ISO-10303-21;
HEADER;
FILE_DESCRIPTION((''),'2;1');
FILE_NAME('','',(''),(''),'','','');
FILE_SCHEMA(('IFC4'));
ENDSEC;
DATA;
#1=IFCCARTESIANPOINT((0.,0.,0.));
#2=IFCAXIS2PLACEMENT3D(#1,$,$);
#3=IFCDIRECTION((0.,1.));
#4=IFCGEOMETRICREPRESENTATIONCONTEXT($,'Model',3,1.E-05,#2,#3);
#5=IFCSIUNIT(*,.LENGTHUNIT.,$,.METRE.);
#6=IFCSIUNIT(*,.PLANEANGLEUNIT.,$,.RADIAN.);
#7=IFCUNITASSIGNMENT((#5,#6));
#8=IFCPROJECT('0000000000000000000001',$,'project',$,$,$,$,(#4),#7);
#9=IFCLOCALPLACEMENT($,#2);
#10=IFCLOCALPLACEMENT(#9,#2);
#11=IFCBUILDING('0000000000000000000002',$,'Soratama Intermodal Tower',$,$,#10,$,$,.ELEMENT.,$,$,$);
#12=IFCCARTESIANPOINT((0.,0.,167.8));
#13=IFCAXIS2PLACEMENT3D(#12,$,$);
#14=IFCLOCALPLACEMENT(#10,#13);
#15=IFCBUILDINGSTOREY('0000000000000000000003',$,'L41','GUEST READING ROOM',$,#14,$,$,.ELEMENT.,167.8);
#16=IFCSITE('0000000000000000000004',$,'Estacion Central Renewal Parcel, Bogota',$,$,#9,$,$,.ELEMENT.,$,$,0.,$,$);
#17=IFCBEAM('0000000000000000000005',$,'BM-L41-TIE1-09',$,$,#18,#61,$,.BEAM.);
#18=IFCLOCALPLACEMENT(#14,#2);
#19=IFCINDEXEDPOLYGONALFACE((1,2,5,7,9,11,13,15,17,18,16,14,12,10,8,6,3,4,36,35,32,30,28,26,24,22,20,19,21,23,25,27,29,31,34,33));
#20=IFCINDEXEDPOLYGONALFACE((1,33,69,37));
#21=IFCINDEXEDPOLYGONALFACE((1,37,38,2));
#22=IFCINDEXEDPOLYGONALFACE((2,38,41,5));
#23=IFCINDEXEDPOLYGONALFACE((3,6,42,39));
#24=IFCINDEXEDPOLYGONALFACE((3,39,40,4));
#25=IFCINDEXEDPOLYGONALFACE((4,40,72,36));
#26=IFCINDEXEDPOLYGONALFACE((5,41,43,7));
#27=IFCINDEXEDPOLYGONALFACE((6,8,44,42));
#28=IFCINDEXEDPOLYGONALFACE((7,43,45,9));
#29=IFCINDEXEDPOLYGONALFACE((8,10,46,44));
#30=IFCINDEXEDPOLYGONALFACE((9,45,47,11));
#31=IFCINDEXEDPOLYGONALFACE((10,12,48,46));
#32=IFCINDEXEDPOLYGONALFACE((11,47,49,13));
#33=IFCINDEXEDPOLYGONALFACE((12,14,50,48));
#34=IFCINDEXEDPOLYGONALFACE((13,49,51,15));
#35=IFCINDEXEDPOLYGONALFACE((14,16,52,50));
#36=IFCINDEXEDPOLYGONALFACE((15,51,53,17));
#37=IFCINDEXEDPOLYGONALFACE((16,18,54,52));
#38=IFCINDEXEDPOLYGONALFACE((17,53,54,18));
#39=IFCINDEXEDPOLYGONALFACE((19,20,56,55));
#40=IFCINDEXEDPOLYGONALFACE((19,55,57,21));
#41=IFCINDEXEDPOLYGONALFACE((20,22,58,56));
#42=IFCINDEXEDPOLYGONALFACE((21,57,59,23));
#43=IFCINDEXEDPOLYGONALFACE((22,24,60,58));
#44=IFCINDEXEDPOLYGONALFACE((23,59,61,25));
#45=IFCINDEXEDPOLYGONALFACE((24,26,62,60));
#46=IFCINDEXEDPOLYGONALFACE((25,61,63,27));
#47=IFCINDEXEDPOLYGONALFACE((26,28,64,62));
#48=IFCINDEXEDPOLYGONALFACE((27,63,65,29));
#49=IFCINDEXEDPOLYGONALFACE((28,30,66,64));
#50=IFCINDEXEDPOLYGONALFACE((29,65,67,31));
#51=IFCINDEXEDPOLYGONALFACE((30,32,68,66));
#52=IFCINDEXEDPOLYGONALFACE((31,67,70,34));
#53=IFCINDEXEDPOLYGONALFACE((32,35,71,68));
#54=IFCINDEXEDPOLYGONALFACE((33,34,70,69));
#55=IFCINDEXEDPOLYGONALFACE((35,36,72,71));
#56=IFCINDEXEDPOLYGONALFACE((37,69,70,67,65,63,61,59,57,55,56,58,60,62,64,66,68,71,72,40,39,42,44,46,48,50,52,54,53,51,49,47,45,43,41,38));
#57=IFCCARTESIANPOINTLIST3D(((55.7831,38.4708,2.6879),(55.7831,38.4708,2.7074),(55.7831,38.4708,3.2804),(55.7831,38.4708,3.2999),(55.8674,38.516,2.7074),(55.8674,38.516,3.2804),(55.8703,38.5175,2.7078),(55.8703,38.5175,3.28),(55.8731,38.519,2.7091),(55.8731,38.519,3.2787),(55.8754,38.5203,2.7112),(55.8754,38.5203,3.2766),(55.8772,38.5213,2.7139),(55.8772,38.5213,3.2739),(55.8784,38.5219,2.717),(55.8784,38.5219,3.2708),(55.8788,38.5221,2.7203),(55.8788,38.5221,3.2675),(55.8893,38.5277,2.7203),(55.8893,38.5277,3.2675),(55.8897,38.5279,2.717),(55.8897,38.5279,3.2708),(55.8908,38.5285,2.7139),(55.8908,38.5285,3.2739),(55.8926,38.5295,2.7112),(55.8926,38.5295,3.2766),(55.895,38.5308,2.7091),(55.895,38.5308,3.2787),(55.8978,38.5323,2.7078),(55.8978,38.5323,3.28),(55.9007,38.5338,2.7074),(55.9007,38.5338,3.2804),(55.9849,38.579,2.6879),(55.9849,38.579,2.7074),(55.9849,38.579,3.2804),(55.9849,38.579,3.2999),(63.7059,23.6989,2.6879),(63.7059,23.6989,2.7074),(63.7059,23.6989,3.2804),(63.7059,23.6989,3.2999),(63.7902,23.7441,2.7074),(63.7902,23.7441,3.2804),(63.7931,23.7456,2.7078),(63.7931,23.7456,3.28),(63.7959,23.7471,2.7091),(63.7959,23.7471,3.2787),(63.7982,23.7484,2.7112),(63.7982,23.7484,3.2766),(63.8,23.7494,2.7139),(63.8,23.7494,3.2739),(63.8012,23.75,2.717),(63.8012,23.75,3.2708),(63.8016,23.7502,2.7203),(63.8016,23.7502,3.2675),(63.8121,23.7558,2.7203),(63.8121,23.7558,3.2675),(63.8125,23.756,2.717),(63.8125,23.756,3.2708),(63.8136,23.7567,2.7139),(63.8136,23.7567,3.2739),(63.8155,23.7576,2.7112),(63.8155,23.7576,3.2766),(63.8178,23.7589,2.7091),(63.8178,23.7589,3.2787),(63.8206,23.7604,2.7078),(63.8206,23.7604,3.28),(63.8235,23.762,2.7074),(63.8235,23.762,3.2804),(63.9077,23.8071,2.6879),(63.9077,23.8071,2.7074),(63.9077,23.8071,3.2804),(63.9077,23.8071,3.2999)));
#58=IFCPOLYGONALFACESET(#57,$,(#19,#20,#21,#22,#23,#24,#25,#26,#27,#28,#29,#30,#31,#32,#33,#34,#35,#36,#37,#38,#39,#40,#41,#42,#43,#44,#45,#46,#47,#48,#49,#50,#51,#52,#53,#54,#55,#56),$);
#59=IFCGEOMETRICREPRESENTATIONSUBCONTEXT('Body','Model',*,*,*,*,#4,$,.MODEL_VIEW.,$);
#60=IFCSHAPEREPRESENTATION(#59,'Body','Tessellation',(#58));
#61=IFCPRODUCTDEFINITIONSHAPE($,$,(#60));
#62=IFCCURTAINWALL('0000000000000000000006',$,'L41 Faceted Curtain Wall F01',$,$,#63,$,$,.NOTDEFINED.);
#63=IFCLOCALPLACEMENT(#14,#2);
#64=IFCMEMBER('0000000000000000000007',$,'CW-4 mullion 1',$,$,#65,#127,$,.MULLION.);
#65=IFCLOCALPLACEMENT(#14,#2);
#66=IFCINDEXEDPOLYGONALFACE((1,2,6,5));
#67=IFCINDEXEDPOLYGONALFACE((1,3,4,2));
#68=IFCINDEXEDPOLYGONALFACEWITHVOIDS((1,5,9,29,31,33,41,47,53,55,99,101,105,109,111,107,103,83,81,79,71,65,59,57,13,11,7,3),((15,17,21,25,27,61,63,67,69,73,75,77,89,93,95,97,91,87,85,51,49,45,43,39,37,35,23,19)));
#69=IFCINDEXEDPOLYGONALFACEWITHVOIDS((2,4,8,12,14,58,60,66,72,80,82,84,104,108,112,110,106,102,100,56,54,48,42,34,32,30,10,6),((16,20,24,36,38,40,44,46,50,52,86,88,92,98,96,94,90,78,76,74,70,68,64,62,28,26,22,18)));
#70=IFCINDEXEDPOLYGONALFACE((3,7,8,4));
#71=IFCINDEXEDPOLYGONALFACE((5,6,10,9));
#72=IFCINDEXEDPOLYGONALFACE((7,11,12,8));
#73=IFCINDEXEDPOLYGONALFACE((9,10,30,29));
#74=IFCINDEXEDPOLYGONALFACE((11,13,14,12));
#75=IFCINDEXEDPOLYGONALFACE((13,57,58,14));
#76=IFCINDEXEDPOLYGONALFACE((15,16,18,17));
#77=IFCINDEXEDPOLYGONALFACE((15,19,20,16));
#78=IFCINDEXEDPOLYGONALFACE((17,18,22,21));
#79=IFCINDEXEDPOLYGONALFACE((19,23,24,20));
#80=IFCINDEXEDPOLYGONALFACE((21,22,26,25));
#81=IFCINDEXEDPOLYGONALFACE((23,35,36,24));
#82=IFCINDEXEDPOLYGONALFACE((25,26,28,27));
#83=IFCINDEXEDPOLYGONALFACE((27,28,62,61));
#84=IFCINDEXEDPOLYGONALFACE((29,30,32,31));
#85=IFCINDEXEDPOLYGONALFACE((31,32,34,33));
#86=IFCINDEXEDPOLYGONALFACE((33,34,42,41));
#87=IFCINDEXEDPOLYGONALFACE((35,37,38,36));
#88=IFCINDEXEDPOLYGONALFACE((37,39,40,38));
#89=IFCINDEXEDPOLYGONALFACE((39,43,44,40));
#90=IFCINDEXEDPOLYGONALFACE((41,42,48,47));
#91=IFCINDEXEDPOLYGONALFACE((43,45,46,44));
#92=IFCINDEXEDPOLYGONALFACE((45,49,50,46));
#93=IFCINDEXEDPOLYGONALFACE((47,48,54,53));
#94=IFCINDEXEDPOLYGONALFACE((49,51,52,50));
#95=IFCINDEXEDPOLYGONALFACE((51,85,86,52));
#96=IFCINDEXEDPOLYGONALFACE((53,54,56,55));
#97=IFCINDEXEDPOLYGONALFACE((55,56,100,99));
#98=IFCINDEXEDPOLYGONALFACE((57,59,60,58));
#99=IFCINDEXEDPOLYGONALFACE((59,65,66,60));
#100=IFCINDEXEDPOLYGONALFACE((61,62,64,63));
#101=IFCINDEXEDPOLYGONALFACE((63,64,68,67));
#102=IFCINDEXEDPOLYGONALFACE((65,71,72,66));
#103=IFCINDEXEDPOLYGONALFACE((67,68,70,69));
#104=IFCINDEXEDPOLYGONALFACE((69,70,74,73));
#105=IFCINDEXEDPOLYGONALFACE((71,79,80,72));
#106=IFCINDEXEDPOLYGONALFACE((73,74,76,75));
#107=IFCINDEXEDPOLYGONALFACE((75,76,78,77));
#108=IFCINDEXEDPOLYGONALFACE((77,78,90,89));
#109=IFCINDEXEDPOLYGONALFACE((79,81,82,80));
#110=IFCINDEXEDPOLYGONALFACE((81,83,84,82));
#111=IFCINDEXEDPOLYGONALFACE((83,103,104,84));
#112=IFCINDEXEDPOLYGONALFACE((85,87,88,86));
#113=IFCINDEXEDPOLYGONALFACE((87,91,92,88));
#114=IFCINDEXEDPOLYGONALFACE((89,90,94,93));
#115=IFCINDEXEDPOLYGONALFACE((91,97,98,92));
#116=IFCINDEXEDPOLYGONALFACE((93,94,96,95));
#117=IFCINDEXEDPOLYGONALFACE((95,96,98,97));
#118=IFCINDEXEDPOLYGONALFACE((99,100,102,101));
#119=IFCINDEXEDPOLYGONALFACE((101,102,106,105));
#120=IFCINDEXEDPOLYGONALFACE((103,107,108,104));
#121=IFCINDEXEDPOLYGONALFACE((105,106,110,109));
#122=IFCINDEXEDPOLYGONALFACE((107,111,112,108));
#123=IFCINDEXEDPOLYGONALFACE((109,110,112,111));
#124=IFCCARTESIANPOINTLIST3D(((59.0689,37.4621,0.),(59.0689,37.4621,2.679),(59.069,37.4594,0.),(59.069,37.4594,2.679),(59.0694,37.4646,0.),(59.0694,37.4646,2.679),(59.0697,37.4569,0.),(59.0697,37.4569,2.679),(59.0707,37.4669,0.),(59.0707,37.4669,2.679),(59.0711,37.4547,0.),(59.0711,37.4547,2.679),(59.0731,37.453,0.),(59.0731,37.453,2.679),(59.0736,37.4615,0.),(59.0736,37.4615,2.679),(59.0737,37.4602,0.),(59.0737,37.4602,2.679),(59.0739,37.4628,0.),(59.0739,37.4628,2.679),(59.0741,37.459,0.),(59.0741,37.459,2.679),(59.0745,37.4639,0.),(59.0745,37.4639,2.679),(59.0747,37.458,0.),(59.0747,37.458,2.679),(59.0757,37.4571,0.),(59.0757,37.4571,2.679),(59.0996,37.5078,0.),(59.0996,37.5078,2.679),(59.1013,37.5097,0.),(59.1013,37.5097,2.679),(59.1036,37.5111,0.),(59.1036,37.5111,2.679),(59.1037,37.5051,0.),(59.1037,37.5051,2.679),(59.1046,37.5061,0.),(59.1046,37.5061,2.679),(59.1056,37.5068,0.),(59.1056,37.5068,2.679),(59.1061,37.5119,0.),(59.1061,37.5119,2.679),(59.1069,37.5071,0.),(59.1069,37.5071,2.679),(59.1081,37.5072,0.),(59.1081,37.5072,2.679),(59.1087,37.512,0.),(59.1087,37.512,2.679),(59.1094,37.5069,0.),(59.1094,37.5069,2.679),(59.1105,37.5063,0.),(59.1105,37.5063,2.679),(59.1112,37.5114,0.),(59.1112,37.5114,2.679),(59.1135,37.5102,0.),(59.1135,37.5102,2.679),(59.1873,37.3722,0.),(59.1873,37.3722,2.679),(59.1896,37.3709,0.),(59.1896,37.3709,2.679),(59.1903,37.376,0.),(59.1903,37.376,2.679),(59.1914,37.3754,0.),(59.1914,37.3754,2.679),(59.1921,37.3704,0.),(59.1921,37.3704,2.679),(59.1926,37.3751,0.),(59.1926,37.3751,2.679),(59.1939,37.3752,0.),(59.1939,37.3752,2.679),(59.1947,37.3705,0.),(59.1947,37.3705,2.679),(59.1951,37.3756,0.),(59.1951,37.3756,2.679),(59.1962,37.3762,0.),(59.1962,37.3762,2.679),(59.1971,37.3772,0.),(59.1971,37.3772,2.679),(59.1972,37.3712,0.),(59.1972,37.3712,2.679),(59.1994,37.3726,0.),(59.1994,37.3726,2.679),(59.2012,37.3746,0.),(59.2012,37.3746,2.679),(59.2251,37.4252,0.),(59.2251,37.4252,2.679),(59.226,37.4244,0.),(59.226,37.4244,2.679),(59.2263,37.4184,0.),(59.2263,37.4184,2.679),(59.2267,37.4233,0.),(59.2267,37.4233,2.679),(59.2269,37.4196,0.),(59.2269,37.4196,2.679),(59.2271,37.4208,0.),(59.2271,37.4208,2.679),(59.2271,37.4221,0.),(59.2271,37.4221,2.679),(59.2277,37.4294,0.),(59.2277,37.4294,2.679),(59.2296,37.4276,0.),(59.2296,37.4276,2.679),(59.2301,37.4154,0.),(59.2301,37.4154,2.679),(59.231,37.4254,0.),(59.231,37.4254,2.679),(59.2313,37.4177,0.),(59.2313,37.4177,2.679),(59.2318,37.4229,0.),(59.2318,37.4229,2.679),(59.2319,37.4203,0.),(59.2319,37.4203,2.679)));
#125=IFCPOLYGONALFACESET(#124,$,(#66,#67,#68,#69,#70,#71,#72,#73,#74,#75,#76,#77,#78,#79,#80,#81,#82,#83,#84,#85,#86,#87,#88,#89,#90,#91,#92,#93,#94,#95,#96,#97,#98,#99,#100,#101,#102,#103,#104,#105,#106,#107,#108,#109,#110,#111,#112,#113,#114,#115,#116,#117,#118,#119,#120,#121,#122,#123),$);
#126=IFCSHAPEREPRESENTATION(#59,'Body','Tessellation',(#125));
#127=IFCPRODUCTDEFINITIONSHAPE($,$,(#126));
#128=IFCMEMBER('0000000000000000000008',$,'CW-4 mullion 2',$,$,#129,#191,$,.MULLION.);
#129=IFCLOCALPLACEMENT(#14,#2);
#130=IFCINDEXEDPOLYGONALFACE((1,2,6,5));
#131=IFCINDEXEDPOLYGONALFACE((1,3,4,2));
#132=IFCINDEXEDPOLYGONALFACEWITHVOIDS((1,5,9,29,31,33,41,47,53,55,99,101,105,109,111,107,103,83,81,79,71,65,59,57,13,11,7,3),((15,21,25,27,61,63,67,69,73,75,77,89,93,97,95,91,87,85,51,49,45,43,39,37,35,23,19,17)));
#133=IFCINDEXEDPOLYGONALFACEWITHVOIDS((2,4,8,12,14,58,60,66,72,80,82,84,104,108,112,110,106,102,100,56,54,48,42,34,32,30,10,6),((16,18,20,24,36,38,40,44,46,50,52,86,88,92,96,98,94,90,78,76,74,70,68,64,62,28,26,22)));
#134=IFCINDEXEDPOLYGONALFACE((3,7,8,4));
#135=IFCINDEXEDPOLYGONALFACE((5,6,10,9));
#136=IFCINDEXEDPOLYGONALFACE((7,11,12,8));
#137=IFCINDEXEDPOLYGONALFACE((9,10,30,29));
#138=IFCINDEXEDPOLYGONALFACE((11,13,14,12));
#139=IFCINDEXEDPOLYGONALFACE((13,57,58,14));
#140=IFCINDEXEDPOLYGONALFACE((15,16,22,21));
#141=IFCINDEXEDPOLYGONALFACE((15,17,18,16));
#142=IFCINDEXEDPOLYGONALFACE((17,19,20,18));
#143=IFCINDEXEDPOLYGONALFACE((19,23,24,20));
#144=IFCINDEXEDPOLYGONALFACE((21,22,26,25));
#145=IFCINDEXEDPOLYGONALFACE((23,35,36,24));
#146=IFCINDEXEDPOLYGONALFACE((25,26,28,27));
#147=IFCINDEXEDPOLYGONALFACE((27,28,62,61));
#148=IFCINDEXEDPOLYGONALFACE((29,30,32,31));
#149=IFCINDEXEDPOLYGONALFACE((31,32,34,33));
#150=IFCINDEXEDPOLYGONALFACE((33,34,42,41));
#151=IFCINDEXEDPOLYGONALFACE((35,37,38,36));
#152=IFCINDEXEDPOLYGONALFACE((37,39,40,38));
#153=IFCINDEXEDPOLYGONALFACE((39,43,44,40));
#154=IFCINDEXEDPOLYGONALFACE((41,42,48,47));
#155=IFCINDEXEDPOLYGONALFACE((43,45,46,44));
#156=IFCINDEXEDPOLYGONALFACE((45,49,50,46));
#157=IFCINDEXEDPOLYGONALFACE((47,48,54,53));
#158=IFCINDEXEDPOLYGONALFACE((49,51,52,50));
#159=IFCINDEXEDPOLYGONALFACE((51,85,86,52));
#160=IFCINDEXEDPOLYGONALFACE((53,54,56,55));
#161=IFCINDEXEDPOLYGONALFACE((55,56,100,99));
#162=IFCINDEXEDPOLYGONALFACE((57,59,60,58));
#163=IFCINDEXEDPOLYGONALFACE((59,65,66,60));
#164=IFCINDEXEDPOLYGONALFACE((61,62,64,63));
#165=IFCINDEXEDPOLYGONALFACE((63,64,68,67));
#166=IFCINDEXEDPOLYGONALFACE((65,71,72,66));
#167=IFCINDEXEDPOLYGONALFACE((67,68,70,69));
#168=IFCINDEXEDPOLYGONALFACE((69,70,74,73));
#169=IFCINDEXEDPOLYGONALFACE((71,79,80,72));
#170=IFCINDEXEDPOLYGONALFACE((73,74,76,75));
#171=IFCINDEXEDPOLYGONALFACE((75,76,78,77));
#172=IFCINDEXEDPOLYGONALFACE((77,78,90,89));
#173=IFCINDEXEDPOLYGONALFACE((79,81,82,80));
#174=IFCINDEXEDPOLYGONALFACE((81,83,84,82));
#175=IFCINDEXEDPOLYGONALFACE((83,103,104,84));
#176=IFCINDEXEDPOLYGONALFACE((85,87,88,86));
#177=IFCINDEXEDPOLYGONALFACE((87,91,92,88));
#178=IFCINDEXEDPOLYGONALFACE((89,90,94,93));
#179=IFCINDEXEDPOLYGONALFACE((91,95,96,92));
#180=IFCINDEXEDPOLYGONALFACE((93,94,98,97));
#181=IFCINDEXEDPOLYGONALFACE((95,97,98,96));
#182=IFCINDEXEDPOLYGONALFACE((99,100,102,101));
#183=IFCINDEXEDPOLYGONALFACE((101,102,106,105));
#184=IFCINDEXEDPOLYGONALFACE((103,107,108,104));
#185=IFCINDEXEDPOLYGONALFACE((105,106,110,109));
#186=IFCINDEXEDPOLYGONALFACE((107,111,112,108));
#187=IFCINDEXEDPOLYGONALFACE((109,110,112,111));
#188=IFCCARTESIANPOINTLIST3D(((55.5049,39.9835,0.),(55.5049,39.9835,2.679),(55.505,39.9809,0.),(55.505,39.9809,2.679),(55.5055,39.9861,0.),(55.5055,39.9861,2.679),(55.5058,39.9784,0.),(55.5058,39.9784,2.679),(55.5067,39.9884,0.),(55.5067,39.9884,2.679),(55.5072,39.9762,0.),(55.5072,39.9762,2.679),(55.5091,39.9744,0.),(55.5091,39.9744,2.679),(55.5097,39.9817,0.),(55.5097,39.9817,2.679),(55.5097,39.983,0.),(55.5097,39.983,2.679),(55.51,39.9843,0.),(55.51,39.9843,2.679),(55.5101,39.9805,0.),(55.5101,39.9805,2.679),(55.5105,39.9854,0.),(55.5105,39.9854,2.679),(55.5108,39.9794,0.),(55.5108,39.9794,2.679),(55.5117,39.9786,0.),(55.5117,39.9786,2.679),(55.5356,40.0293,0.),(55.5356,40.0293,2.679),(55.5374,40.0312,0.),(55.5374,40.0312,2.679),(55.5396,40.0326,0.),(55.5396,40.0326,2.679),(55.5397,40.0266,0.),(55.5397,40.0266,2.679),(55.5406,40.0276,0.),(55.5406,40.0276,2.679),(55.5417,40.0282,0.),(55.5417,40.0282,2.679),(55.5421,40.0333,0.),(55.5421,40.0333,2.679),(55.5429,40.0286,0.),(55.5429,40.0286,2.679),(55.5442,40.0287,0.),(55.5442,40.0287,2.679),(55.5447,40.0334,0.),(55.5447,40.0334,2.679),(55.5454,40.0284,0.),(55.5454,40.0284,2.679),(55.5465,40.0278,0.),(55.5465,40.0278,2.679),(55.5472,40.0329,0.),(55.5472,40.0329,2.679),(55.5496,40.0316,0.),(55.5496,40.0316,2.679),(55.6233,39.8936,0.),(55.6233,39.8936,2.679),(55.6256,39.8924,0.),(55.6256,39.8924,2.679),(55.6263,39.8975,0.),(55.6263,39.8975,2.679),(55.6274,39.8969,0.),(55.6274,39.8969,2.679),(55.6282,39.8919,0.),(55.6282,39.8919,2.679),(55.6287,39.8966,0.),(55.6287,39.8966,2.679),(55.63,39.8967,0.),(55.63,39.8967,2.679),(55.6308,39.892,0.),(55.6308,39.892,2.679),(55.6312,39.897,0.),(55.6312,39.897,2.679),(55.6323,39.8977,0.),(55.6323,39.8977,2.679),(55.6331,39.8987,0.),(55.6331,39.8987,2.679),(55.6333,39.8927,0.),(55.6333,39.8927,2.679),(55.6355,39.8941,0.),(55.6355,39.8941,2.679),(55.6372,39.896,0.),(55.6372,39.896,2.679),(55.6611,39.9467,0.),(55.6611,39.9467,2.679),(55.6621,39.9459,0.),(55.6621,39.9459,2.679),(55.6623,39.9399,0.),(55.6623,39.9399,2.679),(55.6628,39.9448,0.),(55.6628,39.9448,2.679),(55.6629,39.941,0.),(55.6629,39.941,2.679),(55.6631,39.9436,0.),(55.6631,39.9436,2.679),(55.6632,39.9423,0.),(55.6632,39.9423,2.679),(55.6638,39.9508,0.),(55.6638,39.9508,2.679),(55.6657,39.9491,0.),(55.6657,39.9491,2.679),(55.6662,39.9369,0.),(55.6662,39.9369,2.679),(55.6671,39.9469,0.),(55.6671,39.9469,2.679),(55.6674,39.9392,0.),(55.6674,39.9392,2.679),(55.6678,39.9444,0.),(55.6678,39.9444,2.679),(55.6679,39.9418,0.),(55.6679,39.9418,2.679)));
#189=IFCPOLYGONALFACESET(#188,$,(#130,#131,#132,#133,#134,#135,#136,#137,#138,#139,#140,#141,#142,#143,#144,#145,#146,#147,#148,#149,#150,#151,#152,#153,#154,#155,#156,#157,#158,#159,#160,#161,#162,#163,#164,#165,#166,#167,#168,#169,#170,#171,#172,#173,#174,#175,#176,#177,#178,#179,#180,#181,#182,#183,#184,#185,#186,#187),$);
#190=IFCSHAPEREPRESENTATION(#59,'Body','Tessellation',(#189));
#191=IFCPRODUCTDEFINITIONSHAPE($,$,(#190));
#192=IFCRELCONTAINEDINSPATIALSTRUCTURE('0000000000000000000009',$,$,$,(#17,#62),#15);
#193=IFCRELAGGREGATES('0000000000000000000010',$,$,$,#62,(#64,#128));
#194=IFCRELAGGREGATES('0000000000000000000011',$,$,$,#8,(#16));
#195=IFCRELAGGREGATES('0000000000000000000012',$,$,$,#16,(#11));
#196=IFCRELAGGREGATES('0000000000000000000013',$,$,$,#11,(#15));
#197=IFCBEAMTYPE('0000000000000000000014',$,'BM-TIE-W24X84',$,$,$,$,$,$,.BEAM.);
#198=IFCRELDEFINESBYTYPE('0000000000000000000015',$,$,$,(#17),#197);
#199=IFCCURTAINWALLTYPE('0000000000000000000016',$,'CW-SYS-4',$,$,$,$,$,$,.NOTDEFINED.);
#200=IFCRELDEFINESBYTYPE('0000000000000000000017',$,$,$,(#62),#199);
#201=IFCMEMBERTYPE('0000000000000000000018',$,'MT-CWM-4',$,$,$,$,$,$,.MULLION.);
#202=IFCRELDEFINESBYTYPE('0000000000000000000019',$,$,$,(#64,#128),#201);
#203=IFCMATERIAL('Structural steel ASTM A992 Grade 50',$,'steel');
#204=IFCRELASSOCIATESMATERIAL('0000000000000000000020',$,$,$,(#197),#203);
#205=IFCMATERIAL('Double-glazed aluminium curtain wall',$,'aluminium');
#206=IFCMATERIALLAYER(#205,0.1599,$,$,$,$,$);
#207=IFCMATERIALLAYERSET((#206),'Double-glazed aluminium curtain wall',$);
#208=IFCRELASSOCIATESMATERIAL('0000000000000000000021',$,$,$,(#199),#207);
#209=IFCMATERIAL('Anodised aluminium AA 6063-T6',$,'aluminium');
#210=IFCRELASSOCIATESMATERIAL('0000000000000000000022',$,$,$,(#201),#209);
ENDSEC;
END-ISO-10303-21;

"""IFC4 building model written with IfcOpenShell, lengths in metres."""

from ifc_helpers import new_model, si_unit, direction, frame, origin, origin_2d, place, context, subcontext, project, spatial, hollow_rectangle, i_section, extrude, material, layer, layer_set, material_profile, profile_set, type_object, element, aggregate, save


model = new_model("IFC4")

# Units and contexts
model_context = context("Model", 3, precision=1e-05, world=origin(), true_north=direction((0.0, 1.0)))
body_context = subcontext(model_context, "Body", "Model", "MODEL_VIEW")
ifc_project = project(units=[si_unit("LENGTHUNIT", "METRE"), si_unit("PLANEANGLEUNIT", "RADIAN")], contexts=[model_context])

# Site, building, storey
site_placement = place(None, origin())
site = spatial("IfcSite", under=ifc_project, at=site_placement, Name="Estacion Central Renewal Parcel, Bogota", CompositionType="ELEMENT", RefElevation=0.0)
building_placement = place(site_placement, origin())
building = spatial("IfcBuilding", under=site, at=building_placement, Name="Soratama Intermodal Tower", CompositionType="ELEMENT")
storey_placement = place(building_placement, frame((0.0, 0.0, 167.8)))
storey = spatial("IfcBuildingStorey", under=building, at=storey_placement, Name="L41", Description="GUEST READING ROOM", CompositionType="ELEMENT", Elevation=167.8)

# Beam
ifc_material_1 = material(Name="Structural steel ASTM A992 Grade 50", Category="steel")
ifc_material_profile_1 = material_profile(ifc_material_1, i_section(OverallWidth=0.229, OverallDepth=0.6121, WebThickness=0.012, FlangeThickness=0.0195, FilletRadius=0.0129, at=origin_2d()), Name="W24X84")
ifc_profile_set_1 = profile_set([ifc_material_profile_1], Name="Structural steel ASTM A992 Grade 50")
beam_type_1 = type_object("IfcBeamType", Name="BM-TIE-W24X84", PredefinedType="BEAM", material=ifc_profile_set_1)
beam_1_placement = place(storey_placement, frame((55.884, 38.5249, 2.9939), z_axis=(0.472652, -0.881249, 0.0), x_axis=(0.881249, 0.472652, 0.0)))
element("IfcBeam", 1, at=beam_1_placement, inside=storey, type_object=beam_type_1, Name="BM-L41-TIE1-09", PredefinedType="BEAM", context=body_context, shape_type="SweptSolid", body=[
    extrude(i_section(OverallWidth=0.229, OverallDepth=0.6121, WebThickness=0.012, FlangeThickness=0.0195, FilletRadius=0.0129, at=origin_2d()), origin(), (0.0, 0.0, 1.0), 16.7625),
])

# Curtain wall, members
ifc_material_2 = material(Name="Double-glazed aluminium curtain wall", Category="aluminium")
ifc_layer_1 = layer(ifc_material_2, 0.1599)
ifc_layer_set_1 = layer_set([ifc_layer_1], Name="Double-glazed aluminium curtain wall")
curtain_wall_type = type_object("IfcCurtainWallType", Name="CW-SYS-4", PredefinedType="NOTDEFINED", material=ifc_layer_set_1)
curtain_wall_1_placement = place(storey_placement, origin())
curtain_wall_1 = element("IfcCurtainWall", 2, at=curtain_wall_1_placement, inside=storey, type_object=curtain_wall_type, Name="L41 Faceted Curtain Wall F01", PredefinedType="NOTDEFINED")
ifc_material_3 = material(Name="Anodised aluminium AA 6063-T6", Category="aluminium")
ifc_material_profile_2 = material_profile(ifc_material_3, hollow_rectangle(XDim=0.0701, YDim=0.1599, WallThickness=0.0049, InnerFilletRadius=0.0049, OuterFilletRadius=0.01, at=origin_2d()), Name="CWM160X70X5")
ifc_profile_set_2 = profile_set([ifc_material_profile_2], Name="Anodised aluminium AA 6063-T6")
member_type_1 = type_object("IfcMemberType", Name="MT-CWM-4", PredefinedType="MULLION", material=ifc_profile_set_2)
member_1_placement = place(storey_placement, frame((59.1504, 37.4412, 0.0), z_axis=(0.0, 0.0, 1.0), x_axis=(-0.577564, -0.816345, 0.0)))
member_1 = element("IfcMember", 3, at=member_1_placement, type_object=member_type_1, Name="CW-4 mullion 1", PredefinedType="MULLION", context=body_context, shape_type="SweptSolid", body=[
    extrude(hollow_rectangle(XDim=0.0701, YDim=0.1599, WallThickness=0.0049, InnerFilletRadius=0.0049, OuterFilletRadius=0.01, at=origin_2d()), origin(), (0.0, 0.0, 1.0), 2.679),
])
member_2_placement = place(storey_placement, frame((55.5864, 39.9626, 0.0), z_axis=(0.0, 0.0, 1.0), x_axis=(-0.577564, -0.816345, 0.0)))
member_2 = element("IfcMember", 4, at=member_2_placement, type_object=member_type_1, Name="CW-4 mullion 2", PredefinedType="MULLION", context=body_context, shape_type="SweptSolid", body=[
    extrude(hollow_rectangle(XDim=0.0701, YDim=0.1599, WallThickness=0.0049, InnerFilletRadius=0.0049, OuterFilletRadius=0.01, at=origin_2d()), origin(), (0.0, 0.0, 1.0), 2.679),
])

aggregate(curtain_wall_1, [member_1, member_2])

save(model, "model.ifc")
